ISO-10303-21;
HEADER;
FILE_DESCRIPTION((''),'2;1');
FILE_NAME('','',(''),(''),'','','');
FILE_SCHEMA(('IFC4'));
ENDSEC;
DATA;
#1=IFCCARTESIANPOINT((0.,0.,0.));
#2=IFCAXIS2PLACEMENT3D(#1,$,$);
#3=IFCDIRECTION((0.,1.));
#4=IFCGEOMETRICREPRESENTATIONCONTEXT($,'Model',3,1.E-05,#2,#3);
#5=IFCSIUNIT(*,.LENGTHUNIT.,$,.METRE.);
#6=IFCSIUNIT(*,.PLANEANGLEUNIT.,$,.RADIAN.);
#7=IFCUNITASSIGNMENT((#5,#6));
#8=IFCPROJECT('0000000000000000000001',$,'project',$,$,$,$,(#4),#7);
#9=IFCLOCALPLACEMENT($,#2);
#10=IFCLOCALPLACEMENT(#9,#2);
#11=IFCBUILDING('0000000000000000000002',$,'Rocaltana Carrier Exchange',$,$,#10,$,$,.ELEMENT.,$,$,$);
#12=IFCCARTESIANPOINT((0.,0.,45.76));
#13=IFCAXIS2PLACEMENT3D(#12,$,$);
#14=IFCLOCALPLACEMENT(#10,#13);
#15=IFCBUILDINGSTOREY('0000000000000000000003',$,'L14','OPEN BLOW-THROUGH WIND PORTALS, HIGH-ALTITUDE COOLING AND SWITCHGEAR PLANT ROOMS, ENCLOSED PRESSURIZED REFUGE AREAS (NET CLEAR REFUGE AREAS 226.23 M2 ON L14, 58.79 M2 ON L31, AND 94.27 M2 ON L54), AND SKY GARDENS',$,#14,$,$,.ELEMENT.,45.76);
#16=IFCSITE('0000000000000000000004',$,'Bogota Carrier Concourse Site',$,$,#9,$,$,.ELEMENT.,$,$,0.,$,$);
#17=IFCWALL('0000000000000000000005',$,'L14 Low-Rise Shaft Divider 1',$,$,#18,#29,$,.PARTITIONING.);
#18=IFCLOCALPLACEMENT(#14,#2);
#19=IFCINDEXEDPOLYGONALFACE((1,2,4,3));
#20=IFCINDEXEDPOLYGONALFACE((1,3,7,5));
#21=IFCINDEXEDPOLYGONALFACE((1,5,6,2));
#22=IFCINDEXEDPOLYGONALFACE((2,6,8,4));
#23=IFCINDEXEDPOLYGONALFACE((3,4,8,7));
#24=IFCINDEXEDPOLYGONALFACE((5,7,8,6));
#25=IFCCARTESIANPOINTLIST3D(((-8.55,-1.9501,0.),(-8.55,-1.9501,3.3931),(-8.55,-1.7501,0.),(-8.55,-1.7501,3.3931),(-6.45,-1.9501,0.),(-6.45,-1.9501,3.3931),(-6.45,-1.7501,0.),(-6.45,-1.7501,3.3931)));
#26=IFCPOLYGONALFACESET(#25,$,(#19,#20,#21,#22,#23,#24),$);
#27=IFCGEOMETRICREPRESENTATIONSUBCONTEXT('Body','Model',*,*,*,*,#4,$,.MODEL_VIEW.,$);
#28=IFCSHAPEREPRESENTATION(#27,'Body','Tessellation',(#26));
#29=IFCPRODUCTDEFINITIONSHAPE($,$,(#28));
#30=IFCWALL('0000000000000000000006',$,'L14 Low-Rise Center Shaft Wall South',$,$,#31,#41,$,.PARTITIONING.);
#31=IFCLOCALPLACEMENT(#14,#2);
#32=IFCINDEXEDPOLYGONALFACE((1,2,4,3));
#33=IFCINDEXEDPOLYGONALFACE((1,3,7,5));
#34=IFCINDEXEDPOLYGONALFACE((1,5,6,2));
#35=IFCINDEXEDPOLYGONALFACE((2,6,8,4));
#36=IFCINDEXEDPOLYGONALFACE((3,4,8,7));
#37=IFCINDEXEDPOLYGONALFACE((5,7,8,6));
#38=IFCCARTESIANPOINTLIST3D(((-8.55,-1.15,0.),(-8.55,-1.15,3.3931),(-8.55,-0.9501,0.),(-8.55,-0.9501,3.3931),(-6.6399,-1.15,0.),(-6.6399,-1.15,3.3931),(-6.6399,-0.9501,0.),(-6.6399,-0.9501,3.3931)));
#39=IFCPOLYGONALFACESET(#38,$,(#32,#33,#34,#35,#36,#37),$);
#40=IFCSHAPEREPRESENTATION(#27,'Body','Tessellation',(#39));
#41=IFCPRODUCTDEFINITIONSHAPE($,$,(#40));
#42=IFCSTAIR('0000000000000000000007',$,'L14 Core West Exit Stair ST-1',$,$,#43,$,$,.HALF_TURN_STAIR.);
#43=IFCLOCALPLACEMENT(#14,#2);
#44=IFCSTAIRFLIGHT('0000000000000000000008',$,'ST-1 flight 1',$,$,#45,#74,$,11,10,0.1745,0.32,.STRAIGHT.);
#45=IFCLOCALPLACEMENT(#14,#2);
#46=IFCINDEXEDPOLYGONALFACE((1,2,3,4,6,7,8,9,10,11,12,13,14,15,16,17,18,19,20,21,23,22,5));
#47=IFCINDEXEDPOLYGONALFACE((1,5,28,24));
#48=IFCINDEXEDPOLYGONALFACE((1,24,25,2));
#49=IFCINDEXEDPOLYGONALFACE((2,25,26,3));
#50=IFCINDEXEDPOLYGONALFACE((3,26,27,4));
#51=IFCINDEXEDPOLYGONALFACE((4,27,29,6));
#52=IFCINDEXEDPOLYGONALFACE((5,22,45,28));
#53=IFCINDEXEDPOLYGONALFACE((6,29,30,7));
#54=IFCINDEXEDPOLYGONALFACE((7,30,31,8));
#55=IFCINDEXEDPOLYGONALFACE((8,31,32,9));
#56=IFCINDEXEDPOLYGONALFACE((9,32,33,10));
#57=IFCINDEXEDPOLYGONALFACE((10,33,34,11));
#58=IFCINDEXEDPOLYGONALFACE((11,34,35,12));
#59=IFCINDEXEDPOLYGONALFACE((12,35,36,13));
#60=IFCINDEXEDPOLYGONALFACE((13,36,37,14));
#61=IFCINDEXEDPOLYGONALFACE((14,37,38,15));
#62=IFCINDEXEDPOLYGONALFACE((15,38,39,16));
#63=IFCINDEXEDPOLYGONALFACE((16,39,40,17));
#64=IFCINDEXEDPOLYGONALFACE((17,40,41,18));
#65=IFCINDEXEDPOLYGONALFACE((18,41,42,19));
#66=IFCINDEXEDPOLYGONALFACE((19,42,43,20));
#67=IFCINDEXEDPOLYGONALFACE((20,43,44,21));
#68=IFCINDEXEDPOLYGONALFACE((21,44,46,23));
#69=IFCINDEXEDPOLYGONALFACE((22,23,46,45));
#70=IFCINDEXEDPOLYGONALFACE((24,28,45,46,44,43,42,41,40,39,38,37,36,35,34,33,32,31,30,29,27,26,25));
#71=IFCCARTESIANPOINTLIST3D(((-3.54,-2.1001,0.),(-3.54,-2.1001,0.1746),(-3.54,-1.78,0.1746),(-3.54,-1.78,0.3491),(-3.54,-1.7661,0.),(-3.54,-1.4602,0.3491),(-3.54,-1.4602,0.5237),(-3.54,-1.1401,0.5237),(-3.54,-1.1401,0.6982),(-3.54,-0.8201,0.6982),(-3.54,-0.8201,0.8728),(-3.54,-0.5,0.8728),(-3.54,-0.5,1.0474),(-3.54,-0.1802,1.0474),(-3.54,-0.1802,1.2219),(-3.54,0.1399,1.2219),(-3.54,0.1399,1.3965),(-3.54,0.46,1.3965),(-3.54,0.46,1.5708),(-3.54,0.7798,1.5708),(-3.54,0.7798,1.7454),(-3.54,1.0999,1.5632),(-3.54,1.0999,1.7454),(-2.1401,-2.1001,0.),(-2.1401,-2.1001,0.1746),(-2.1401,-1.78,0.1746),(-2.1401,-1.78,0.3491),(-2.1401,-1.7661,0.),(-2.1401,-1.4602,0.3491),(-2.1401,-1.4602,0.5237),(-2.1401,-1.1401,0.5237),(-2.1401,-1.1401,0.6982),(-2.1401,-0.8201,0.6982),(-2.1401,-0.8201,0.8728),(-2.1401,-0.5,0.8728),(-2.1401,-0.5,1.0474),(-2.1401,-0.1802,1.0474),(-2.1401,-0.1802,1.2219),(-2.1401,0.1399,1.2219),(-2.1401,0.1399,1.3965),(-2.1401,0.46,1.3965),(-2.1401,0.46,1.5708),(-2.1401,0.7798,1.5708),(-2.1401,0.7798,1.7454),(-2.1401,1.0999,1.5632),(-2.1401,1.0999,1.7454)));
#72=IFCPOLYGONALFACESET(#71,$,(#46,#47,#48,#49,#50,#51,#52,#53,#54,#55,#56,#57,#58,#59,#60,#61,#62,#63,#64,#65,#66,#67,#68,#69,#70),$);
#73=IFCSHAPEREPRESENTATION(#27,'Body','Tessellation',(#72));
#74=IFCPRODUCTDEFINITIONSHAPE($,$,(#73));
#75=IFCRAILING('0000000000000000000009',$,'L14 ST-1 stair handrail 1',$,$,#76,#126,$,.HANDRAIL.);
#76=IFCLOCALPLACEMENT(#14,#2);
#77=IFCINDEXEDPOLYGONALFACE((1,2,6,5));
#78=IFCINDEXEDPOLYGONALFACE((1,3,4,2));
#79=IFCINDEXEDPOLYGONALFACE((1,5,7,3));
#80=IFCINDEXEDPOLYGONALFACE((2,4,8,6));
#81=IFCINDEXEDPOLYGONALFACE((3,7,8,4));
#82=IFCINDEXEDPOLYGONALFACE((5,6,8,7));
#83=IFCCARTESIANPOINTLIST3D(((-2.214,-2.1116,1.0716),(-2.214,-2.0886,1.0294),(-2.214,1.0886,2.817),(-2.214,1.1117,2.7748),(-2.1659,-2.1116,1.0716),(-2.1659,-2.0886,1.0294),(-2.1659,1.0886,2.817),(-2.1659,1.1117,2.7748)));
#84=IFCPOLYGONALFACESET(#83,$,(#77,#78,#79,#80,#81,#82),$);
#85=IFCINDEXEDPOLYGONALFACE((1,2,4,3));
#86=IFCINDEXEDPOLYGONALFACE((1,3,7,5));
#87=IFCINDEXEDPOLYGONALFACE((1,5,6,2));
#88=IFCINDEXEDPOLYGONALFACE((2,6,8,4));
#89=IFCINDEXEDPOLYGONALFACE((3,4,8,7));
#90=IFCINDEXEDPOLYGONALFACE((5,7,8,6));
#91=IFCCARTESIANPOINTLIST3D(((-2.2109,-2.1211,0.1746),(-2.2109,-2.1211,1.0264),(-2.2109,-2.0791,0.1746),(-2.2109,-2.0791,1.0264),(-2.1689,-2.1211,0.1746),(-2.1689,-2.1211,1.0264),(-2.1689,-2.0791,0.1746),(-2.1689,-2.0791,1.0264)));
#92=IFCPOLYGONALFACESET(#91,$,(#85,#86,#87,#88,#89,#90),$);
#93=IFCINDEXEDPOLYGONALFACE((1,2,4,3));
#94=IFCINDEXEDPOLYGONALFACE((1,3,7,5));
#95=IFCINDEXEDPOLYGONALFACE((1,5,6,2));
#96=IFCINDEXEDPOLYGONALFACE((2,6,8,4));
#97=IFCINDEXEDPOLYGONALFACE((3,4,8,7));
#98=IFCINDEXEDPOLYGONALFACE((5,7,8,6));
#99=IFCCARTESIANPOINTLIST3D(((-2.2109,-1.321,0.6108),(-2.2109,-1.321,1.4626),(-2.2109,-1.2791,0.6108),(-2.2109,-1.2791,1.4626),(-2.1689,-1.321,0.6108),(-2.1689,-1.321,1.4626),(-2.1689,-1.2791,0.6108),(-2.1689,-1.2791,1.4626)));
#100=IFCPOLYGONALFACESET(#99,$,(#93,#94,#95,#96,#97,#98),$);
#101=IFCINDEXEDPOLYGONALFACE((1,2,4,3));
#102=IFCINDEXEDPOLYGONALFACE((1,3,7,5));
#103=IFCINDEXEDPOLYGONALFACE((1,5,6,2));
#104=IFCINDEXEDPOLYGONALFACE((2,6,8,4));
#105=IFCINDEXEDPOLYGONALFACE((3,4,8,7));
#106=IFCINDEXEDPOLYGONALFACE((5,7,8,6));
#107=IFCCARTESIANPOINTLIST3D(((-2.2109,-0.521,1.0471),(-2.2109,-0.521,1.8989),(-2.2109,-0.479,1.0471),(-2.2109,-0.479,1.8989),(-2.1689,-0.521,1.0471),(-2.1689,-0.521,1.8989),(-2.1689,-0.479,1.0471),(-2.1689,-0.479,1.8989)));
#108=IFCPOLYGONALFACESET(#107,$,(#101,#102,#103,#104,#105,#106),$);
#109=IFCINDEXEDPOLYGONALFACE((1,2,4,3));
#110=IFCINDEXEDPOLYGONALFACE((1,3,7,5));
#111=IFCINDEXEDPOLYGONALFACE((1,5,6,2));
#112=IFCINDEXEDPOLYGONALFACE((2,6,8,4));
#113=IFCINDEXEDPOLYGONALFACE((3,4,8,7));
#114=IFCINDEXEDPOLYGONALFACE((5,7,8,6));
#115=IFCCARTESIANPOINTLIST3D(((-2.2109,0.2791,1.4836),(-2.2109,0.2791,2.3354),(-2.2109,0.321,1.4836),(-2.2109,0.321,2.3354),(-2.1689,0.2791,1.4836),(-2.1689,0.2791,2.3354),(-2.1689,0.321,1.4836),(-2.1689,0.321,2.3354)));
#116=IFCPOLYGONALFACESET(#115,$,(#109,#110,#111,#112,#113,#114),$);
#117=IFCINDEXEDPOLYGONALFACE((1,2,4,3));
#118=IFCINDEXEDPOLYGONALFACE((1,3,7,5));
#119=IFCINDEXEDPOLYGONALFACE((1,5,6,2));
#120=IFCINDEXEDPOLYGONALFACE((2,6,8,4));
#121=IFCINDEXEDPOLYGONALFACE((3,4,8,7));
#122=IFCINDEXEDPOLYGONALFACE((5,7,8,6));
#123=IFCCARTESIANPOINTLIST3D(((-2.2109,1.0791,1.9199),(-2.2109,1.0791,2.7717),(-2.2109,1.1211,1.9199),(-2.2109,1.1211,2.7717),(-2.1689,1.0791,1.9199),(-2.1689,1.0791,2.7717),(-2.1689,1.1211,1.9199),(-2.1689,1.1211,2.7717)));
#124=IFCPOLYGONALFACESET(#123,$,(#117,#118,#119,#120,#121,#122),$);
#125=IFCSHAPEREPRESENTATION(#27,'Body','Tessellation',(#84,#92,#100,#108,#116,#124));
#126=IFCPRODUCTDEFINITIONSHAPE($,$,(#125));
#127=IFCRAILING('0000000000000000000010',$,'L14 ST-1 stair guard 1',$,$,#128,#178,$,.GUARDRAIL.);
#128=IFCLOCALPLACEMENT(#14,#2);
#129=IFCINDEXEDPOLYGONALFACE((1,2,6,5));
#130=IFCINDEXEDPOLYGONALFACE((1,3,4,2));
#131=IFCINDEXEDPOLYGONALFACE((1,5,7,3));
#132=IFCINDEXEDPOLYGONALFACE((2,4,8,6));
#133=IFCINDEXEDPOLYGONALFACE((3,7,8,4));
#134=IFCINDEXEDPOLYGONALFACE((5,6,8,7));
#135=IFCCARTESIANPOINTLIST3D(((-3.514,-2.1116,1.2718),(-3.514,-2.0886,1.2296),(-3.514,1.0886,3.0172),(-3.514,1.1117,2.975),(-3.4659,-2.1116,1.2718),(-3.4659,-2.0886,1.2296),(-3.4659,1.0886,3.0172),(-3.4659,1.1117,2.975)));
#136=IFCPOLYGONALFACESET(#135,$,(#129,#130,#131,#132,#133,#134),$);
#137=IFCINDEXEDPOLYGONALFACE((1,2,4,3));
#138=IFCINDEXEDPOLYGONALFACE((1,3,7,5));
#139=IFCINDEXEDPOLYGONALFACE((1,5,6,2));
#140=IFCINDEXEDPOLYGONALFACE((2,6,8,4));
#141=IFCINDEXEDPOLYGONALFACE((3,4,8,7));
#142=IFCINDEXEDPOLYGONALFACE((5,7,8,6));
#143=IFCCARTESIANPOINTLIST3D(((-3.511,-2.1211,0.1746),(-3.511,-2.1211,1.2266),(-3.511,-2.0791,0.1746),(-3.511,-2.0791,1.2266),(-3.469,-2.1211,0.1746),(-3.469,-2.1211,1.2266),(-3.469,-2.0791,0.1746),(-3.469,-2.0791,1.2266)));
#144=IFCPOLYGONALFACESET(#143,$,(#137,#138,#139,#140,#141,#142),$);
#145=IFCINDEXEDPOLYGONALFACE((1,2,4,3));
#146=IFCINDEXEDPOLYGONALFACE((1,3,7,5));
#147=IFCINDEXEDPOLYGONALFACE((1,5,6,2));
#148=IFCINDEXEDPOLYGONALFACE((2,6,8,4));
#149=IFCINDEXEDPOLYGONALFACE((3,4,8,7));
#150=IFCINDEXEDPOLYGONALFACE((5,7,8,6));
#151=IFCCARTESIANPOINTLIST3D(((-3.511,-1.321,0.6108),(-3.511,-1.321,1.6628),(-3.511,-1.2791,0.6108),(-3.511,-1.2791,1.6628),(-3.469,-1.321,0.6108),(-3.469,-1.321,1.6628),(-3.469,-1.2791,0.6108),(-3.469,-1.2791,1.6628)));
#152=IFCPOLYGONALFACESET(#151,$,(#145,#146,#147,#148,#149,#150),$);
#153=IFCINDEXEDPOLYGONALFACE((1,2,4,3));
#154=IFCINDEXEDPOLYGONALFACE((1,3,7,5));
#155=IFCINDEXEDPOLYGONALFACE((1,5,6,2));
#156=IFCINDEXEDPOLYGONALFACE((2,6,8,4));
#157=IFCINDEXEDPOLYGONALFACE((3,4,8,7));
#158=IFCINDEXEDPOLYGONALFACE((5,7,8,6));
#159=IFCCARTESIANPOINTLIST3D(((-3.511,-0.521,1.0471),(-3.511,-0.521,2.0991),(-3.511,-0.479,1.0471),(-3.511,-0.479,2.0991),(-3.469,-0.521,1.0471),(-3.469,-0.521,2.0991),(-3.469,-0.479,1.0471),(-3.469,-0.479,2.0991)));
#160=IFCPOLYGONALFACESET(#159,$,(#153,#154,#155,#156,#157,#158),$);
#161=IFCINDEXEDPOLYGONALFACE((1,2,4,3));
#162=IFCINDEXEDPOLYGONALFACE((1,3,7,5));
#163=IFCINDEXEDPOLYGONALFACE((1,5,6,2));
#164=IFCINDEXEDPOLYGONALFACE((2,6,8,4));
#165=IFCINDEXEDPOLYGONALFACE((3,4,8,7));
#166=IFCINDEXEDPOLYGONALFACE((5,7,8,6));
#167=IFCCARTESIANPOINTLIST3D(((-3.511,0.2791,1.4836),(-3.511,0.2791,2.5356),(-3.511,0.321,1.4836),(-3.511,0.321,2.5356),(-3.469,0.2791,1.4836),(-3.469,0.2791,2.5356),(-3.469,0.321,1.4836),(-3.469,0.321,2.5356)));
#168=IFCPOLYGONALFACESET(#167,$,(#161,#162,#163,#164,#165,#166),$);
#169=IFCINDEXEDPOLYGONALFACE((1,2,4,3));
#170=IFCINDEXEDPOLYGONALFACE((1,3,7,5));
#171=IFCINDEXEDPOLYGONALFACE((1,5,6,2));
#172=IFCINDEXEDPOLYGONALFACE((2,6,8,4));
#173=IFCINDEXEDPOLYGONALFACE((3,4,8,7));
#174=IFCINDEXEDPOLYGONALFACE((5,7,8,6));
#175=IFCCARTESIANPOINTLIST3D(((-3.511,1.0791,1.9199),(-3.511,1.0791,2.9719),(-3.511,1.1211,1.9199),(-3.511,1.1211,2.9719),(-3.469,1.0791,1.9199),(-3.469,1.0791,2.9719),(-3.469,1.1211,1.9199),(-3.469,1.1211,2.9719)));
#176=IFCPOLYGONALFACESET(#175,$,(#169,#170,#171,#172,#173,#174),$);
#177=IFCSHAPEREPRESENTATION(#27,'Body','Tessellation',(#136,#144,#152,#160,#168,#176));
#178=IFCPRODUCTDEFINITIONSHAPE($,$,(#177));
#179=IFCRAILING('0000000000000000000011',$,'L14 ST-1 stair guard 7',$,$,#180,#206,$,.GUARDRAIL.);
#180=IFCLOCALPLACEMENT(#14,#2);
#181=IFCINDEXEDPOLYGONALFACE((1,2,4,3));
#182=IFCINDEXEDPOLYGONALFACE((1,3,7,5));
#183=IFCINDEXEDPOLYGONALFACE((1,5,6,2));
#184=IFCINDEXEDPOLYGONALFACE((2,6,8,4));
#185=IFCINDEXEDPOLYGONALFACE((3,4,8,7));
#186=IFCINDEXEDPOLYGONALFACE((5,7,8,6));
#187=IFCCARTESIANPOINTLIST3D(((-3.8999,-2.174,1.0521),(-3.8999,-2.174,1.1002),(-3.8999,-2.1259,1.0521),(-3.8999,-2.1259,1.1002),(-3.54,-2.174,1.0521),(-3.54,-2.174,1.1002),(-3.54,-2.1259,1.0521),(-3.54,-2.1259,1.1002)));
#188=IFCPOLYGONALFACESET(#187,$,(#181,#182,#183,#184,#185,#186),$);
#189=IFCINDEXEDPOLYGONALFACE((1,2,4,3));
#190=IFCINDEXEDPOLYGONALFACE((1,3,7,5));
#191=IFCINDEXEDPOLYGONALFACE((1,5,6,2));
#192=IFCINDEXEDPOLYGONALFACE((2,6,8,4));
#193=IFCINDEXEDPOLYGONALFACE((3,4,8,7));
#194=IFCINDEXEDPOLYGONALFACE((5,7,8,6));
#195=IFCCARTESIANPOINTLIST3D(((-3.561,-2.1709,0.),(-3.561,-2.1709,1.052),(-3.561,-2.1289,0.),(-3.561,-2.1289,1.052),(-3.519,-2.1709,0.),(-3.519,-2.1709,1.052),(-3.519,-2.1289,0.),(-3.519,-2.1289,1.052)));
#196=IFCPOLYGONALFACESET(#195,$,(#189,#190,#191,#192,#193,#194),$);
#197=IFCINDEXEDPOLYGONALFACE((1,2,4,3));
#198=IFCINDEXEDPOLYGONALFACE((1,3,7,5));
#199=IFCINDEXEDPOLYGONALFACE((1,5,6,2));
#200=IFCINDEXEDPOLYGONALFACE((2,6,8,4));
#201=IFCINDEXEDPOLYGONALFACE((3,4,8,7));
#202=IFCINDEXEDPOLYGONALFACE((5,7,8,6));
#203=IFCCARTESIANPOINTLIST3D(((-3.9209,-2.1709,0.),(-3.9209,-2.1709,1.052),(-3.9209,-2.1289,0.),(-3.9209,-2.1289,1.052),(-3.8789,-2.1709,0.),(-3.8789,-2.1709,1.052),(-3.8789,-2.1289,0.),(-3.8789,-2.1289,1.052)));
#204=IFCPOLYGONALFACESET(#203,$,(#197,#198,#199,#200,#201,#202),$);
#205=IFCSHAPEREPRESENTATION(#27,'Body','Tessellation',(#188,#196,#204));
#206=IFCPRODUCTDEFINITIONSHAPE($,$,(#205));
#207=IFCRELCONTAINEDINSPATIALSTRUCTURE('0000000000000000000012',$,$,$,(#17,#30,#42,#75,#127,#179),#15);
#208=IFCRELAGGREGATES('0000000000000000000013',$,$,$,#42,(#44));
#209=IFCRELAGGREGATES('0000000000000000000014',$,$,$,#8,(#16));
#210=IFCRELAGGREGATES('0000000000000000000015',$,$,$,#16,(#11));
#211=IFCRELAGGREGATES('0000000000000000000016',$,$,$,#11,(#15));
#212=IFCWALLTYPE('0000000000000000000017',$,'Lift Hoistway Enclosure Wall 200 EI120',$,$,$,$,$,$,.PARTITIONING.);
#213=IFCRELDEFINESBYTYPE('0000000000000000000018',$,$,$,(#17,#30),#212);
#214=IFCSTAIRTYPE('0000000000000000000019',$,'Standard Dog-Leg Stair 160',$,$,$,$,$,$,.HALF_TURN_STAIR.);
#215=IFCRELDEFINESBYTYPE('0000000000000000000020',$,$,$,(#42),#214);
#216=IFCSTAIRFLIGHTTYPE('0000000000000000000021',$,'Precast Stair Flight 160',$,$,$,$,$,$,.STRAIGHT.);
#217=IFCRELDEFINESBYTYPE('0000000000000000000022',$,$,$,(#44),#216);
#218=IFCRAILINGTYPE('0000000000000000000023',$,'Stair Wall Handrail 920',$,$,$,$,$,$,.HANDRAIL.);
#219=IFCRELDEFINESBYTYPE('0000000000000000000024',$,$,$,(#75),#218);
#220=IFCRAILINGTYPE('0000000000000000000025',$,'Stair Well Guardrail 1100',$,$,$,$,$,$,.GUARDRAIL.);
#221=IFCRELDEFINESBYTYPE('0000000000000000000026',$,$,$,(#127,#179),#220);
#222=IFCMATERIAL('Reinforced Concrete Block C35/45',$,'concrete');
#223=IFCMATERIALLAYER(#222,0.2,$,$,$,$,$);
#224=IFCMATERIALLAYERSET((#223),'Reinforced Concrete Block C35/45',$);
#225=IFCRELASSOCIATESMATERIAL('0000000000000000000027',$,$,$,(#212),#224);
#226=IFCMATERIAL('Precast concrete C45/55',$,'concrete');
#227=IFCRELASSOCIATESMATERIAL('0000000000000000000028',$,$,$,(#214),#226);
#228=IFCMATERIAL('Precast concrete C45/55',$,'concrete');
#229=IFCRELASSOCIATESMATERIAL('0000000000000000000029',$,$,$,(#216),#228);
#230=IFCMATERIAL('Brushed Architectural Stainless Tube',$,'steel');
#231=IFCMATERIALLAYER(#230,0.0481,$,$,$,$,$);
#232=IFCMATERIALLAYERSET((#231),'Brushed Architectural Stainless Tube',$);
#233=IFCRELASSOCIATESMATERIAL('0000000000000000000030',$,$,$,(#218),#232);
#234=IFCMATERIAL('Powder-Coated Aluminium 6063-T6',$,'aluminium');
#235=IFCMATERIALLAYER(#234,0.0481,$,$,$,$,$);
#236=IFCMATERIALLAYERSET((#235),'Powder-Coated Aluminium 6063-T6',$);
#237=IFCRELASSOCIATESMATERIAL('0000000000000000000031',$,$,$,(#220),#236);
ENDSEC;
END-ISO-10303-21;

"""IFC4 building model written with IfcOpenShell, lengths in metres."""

from ifc_helpers import new_model, si_unit, direction, frame, frame_2d, origin, origin_2d, place, context, subcontext, project, spatial, polyline, rectangle, outline, extrude, material, layer, layer_set, type_object, element, aggregate, save


model = new_model("IFC4")

# Units and contexts
model_context = context("Model", 3, precision=1e-05, world=origin(), true_north=direction((0.0, 1.0)))
body_context = subcontext(model_context, "Body", "Model", "MODEL_VIEW")
ifc_project = project(units=[si_unit("LENGTHUNIT", "METRE"), si_unit("PLANEANGLEUNIT", "RADIAN")], contexts=[model_context])

# Site, building, storey
site_placement = place(None, origin())
site = spatial("IfcSite", under=ifc_project, at=site_placement, Name="Bogota Carrier Concourse Site", CompositionType="ELEMENT", RefElevation=0.0)
building_placement = place(site_placement, origin())
building = spatial("IfcBuilding", under=site, at=building_placement, Name="Rocaltana Carrier Exchange", CompositionType="ELEMENT")
storey_placement = place(building_placement, frame((0.0, 0.0, 45.76)))
storey = spatial("IfcBuildingStorey", under=building, at=storey_placement, Name="L14", Description="OPEN BLOW-THROUGH WIND PORTALS, HIGH-ALTITUDE COOLING AND SWITCHGEAR PLANT ROOMS, ENCLOSED PRESSURIZED REFUGE AREAS (NET CLEAR REFUGE AREAS 226.23 M2 ON L14, 58.79 M2 ON L31, AND 94.27 M2 ON L54), AND SKY GARDENS", CompositionType="ELEMENT", Elevation=45.76)

# Walls
ifc_material_1 = material(Name="Reinforced Concrete Block C35/45", Category="concrete")
ifc_layer_1 = layer(ifc_material_1, 0.2)
ifc_layer_set_1 = layer_set([ifc_layer_1], Name="Reinforced Concrete Block C35/45")
wall_type_1 = type_object("IfcWallType", Name="Lift Hoistway Enclosure Wall 200 EI120", PredefinedType="PARTITIONING", material=ifc_layer_set_1)
wall_1_placement = place(storey_placement, frame((-8.55, -1.8501, 0.0), z_axis=(0.0, 0.0, 1.0), x_axis=(1.0, 0.0, 0.0)))
element("IfcWall", 1, at=wall_1_placement, inside=storey, type_object=wall_type_1, Name="L14 Low-Rise Shaft Divider 1", PredefinedType="PARTITIONING", context=body_context, shape_type="SweptSolid", body=[
    extrude(rectangle(XDim=2.1001, YDim=0.2, at=frame_2d((1.05, 0.0))), origin(), (0.0, 0.0, 1.0), 3.3931),
])
wall_2_placement = place(storey_placement, frame((-8.55, -1.05, 0.0), z_axis=(0.0, 0.0, 1.0), x_axis=(1.0, 0.0, 0.0)))
element("IfcWall", 2, at=wall_2_placement, inside=storey, type_object=wall_type_1, Name="L14 Low-Rise Center Shaft Wall South", PredefinedType="PARTITIONING", context=body_context, shape_type="SweptSolid", body=[
    extrude(rectangle(XDim=1.9102, YDim=0.2, at=frame_2d((0.9551, 0.0))), origin(), (0.0, 0.0, 1.0), 3.3931),
])

# Stair, stair flight
ifc_material_2 = material(Name="Precast concrete C45/55", Category="concrete")
stair_type = type_object("IfcStairType", Name="Standard Dog-Leg Stair 160", PredefinedType="HALF_TURN_STAIR", material=ifc_material_2)
stair_placement = place(storey_placement, origin())
stair = element("IfcStair", 3, at=stair_placement, inside=storey, type_object=stair_type, Name="L14 Core West Exit Stair ST-1", PredefinedType="HALF_TURN_STAIR")
ifc_material_3 = material(Name="Precast concrete C45/55", Category="concrete")
stair_flight_type = type_object("IfcStairFlightType", Name="Precast Stair Flight 160", PredefinedType="STRAIGHT", material=ifc_material_3)
stair_flight_placement = place(storey_placement, frame((-2.8401, -2.1001, 0.0), z_axis=(0.0, 0.0, 1.0), x_axis=(0.0, 1.0, 0.0)))
stair_flight = element("IfcStairFlight", 4, at=stair_flight_placement, type_object=stair_flight_type, Name="ST-1 flight 1", NumberOfRisers=11, NumberOfTreads=10, PredefinedType="STRAIGHT", RiserHeight=0.1745, TreadLength=0.32, context=body_context, shape_type="SweptSolid", body=[
    extrude(outline(polyline([(0.0, 0.0), (0.0, 0.1746), (0.3201, 0.1746), (0.3201, 0.3491), (0.6399, 0.3491), (0.6399, 0.5237), (0.96, 0.5237), (0.96, 0.6982), (1.28, 0.6982), (1.28, 0.8728), (1.6001, 0.8728), (1.6001, 1.0474), (1.9199, 1.0474), (1.9199, 1.2219), (2.24, 1.2219), (2.24, 1.3965), (2.5601, 1.3965), (2.5601, 1.5708), (2.8799, 1.5708), (2.8799, 1.7454), (3.2, 1.7454), (3.2, 1.9199), (3.2, 1.5632), (0.334, 0.0), (0.0, 0.0)])), frame((0.0, 0.7, 0.0), z_axis=(0.0, -1.0, 0.0), x_axis=(1.0, 0.0, 0.0)), (0.0, 0.0, 1.0), 1.3999),
])
aggregate(stair, [stair_flight])

# Railings
ifc_material_4 = material(Name="Brushed Architectural Stainless Tube", Category="steel")
ifc_layer_2 = layer(ifc_material_4, 0.0481)
ifc_layer_set_2 = layer_set([ifc_layer_2], Name="Brushed Architectural Stainless Tube")
railing_type_1 = type_object("IfcRailingType", Name="Stair Wall Handrail 920", PredefinedType="HANDRAIL", material=ifc_layer_set_2)
railing_1_placement = place(storey_placement, frame((-2.1899, -2.1001, 0.1746)))
element("IfcRailing", 5, at=railing_1_placement, inside=storey, type_object=railing_type_1, Name="L14 ST-1 stair handrail 1", PredefinedType="HANDRAIL", context=body_context, shape_type="SweptSolid", body=[
    extrude(rectangle(XDim=0.0481, YDim=0.0481, at=origin_2d()), frame((0.0, 0.0, 0.876), z_axis=(0.0, 0.877919, 0.47881), x_axis=(-1.0, 0.0, 0.0)), (0.0, 0.0, 1.0), 3.6453),
    extrude(rectangle(XDim=0.042, YDim=0.042, at=origin_2d()), origin(), (0.0, 0.0, 1.0), 0.8518),
    extrude(rectangle(XDim=0.042, YDim=0.042, at=origin_2d()), frame((0.0, 0.8, 0.4363)), (0.0, 0.0, 1.0), 0.8518),
    extrude(rectangle(XDim=0.042, YDim=0.042, at=origin_2d()), frame((0.0, 1.6001, 0.8726)), (0.0, 0.0, 1.0), 0.8518),
    extrude(rectangle(XDim=0.042, YDim=0.042, at=origin_2d()), frame((0.0, 2.4001, 1.3091)), (0.0, 0.0, 1.0), 0.8518),
    extrude(rectangle(XDim=0.042, YDim=0.042, at=origin_2d()), frame((0.0, 3.2002, 1.7454)), (0.0, 0.0, 1.0), 0.8518),
])
ifc_material_5 = material(Name="Powder-Coated Aluminium 6063-T6", Category="aluminium")
ifc_layer_3 = layer(ifc_material_5, 0.0481)
ifc_layer_set_3 = layer_set([ifc_layer_3], Name="Powder-Coated Aluminium 6063-T6")
railing_type_2 = type_object("IfcRailingType", Name="Stair Well Guardrail 1100", PredefinedType="GUARDRAIL", material=ifc_layer_set_3)
railing_2_placement = place(storey_placement, frame((-3.49, -2.1001, 0.1746)))
element("IfcRailing", 6, at=railing_2_placement, inside=storey, type_object=railing_type_2, Name="L14 ST-1 stair guard 1", PredefinedType="GUARDRAIL", context=body_context, shape_type="SweptSolid", body=[
    extrude(rectangle(XDim=0.0481, YDim=0.0481, at=origin_2d()), frame((0.0, 0.0, 1.0762), z_axis=(0.0, 0.877919, 0.47881), x_axis=(-1.0, 0.0, 0.0)), (0.0, 0.0, 1.0), 3.6453),
    extrude(rectangle(XDim=0.042, YDim=0.042, at=origin_2d()), origin(), (0.0, 0.0, 1.0), 1.052),
    extrude(rectangle(XDim=0.042, YDim=0.042, at=origin_2d()), frame((0.0, 0.8, 0.4363)), (0.0, 0.0, 1.0), 1.052),
    extrude(rectangle(XDim=0.042, YDim=0.042, at=origin_2d()), frame((0.0, 1.6001, 0.8726)), (0.0, 0.0, 1.0), 1.052),
    extrude(rectangle(XDim=0.042, YDim=0.042, at=origin_2d()), frame((0.0, 2.4001, 1.3091)), (0.0, 0.0, 1.0), 1.052),
    extrude(rectangle(XDim=0.042, YDim=0.042, at=origin_2d()), frame((0.0, 3.2002, 1.7454)), (0.0, 0.0, 1.0), 1.052),
])
railing_3_placement = place(storey_placement, frame((-3.54, -2.1499, 0.0)))
element("IfcRailing", 7, at=railing_3_placement, inside=storey, type_object=railing_type_2, Name="L14 ST-1 stair guard 7", PredefinedType="GUARDRAIL", context=body_context, shape_type="SweptSolid", body=[
    extrude(rectangle(XDim=0.0481, YDim=0.0481, at=origin_2d()), frame((0.0, 0.0, 1.0762), z_axis=(-1.0, 0.0, 0.0), x_axis=(0.0, -1.0, 0.0)), (0.0, 0.0, 1.0), 0.3599),
    extrude(rectangle(XDim=0.042, YDim=0.042, at=origin_2d()), origin(), (0.0, 0.0, 1.0), 1.052),
    extrude(rectangle(XDim=0.042, YDim=0.042, at=origin_2d()), frame((-0.3599, 0.0, 0.0)), (0.0, 0.0, 1.0), 1.052),
])

save(model, "model.ifc")
